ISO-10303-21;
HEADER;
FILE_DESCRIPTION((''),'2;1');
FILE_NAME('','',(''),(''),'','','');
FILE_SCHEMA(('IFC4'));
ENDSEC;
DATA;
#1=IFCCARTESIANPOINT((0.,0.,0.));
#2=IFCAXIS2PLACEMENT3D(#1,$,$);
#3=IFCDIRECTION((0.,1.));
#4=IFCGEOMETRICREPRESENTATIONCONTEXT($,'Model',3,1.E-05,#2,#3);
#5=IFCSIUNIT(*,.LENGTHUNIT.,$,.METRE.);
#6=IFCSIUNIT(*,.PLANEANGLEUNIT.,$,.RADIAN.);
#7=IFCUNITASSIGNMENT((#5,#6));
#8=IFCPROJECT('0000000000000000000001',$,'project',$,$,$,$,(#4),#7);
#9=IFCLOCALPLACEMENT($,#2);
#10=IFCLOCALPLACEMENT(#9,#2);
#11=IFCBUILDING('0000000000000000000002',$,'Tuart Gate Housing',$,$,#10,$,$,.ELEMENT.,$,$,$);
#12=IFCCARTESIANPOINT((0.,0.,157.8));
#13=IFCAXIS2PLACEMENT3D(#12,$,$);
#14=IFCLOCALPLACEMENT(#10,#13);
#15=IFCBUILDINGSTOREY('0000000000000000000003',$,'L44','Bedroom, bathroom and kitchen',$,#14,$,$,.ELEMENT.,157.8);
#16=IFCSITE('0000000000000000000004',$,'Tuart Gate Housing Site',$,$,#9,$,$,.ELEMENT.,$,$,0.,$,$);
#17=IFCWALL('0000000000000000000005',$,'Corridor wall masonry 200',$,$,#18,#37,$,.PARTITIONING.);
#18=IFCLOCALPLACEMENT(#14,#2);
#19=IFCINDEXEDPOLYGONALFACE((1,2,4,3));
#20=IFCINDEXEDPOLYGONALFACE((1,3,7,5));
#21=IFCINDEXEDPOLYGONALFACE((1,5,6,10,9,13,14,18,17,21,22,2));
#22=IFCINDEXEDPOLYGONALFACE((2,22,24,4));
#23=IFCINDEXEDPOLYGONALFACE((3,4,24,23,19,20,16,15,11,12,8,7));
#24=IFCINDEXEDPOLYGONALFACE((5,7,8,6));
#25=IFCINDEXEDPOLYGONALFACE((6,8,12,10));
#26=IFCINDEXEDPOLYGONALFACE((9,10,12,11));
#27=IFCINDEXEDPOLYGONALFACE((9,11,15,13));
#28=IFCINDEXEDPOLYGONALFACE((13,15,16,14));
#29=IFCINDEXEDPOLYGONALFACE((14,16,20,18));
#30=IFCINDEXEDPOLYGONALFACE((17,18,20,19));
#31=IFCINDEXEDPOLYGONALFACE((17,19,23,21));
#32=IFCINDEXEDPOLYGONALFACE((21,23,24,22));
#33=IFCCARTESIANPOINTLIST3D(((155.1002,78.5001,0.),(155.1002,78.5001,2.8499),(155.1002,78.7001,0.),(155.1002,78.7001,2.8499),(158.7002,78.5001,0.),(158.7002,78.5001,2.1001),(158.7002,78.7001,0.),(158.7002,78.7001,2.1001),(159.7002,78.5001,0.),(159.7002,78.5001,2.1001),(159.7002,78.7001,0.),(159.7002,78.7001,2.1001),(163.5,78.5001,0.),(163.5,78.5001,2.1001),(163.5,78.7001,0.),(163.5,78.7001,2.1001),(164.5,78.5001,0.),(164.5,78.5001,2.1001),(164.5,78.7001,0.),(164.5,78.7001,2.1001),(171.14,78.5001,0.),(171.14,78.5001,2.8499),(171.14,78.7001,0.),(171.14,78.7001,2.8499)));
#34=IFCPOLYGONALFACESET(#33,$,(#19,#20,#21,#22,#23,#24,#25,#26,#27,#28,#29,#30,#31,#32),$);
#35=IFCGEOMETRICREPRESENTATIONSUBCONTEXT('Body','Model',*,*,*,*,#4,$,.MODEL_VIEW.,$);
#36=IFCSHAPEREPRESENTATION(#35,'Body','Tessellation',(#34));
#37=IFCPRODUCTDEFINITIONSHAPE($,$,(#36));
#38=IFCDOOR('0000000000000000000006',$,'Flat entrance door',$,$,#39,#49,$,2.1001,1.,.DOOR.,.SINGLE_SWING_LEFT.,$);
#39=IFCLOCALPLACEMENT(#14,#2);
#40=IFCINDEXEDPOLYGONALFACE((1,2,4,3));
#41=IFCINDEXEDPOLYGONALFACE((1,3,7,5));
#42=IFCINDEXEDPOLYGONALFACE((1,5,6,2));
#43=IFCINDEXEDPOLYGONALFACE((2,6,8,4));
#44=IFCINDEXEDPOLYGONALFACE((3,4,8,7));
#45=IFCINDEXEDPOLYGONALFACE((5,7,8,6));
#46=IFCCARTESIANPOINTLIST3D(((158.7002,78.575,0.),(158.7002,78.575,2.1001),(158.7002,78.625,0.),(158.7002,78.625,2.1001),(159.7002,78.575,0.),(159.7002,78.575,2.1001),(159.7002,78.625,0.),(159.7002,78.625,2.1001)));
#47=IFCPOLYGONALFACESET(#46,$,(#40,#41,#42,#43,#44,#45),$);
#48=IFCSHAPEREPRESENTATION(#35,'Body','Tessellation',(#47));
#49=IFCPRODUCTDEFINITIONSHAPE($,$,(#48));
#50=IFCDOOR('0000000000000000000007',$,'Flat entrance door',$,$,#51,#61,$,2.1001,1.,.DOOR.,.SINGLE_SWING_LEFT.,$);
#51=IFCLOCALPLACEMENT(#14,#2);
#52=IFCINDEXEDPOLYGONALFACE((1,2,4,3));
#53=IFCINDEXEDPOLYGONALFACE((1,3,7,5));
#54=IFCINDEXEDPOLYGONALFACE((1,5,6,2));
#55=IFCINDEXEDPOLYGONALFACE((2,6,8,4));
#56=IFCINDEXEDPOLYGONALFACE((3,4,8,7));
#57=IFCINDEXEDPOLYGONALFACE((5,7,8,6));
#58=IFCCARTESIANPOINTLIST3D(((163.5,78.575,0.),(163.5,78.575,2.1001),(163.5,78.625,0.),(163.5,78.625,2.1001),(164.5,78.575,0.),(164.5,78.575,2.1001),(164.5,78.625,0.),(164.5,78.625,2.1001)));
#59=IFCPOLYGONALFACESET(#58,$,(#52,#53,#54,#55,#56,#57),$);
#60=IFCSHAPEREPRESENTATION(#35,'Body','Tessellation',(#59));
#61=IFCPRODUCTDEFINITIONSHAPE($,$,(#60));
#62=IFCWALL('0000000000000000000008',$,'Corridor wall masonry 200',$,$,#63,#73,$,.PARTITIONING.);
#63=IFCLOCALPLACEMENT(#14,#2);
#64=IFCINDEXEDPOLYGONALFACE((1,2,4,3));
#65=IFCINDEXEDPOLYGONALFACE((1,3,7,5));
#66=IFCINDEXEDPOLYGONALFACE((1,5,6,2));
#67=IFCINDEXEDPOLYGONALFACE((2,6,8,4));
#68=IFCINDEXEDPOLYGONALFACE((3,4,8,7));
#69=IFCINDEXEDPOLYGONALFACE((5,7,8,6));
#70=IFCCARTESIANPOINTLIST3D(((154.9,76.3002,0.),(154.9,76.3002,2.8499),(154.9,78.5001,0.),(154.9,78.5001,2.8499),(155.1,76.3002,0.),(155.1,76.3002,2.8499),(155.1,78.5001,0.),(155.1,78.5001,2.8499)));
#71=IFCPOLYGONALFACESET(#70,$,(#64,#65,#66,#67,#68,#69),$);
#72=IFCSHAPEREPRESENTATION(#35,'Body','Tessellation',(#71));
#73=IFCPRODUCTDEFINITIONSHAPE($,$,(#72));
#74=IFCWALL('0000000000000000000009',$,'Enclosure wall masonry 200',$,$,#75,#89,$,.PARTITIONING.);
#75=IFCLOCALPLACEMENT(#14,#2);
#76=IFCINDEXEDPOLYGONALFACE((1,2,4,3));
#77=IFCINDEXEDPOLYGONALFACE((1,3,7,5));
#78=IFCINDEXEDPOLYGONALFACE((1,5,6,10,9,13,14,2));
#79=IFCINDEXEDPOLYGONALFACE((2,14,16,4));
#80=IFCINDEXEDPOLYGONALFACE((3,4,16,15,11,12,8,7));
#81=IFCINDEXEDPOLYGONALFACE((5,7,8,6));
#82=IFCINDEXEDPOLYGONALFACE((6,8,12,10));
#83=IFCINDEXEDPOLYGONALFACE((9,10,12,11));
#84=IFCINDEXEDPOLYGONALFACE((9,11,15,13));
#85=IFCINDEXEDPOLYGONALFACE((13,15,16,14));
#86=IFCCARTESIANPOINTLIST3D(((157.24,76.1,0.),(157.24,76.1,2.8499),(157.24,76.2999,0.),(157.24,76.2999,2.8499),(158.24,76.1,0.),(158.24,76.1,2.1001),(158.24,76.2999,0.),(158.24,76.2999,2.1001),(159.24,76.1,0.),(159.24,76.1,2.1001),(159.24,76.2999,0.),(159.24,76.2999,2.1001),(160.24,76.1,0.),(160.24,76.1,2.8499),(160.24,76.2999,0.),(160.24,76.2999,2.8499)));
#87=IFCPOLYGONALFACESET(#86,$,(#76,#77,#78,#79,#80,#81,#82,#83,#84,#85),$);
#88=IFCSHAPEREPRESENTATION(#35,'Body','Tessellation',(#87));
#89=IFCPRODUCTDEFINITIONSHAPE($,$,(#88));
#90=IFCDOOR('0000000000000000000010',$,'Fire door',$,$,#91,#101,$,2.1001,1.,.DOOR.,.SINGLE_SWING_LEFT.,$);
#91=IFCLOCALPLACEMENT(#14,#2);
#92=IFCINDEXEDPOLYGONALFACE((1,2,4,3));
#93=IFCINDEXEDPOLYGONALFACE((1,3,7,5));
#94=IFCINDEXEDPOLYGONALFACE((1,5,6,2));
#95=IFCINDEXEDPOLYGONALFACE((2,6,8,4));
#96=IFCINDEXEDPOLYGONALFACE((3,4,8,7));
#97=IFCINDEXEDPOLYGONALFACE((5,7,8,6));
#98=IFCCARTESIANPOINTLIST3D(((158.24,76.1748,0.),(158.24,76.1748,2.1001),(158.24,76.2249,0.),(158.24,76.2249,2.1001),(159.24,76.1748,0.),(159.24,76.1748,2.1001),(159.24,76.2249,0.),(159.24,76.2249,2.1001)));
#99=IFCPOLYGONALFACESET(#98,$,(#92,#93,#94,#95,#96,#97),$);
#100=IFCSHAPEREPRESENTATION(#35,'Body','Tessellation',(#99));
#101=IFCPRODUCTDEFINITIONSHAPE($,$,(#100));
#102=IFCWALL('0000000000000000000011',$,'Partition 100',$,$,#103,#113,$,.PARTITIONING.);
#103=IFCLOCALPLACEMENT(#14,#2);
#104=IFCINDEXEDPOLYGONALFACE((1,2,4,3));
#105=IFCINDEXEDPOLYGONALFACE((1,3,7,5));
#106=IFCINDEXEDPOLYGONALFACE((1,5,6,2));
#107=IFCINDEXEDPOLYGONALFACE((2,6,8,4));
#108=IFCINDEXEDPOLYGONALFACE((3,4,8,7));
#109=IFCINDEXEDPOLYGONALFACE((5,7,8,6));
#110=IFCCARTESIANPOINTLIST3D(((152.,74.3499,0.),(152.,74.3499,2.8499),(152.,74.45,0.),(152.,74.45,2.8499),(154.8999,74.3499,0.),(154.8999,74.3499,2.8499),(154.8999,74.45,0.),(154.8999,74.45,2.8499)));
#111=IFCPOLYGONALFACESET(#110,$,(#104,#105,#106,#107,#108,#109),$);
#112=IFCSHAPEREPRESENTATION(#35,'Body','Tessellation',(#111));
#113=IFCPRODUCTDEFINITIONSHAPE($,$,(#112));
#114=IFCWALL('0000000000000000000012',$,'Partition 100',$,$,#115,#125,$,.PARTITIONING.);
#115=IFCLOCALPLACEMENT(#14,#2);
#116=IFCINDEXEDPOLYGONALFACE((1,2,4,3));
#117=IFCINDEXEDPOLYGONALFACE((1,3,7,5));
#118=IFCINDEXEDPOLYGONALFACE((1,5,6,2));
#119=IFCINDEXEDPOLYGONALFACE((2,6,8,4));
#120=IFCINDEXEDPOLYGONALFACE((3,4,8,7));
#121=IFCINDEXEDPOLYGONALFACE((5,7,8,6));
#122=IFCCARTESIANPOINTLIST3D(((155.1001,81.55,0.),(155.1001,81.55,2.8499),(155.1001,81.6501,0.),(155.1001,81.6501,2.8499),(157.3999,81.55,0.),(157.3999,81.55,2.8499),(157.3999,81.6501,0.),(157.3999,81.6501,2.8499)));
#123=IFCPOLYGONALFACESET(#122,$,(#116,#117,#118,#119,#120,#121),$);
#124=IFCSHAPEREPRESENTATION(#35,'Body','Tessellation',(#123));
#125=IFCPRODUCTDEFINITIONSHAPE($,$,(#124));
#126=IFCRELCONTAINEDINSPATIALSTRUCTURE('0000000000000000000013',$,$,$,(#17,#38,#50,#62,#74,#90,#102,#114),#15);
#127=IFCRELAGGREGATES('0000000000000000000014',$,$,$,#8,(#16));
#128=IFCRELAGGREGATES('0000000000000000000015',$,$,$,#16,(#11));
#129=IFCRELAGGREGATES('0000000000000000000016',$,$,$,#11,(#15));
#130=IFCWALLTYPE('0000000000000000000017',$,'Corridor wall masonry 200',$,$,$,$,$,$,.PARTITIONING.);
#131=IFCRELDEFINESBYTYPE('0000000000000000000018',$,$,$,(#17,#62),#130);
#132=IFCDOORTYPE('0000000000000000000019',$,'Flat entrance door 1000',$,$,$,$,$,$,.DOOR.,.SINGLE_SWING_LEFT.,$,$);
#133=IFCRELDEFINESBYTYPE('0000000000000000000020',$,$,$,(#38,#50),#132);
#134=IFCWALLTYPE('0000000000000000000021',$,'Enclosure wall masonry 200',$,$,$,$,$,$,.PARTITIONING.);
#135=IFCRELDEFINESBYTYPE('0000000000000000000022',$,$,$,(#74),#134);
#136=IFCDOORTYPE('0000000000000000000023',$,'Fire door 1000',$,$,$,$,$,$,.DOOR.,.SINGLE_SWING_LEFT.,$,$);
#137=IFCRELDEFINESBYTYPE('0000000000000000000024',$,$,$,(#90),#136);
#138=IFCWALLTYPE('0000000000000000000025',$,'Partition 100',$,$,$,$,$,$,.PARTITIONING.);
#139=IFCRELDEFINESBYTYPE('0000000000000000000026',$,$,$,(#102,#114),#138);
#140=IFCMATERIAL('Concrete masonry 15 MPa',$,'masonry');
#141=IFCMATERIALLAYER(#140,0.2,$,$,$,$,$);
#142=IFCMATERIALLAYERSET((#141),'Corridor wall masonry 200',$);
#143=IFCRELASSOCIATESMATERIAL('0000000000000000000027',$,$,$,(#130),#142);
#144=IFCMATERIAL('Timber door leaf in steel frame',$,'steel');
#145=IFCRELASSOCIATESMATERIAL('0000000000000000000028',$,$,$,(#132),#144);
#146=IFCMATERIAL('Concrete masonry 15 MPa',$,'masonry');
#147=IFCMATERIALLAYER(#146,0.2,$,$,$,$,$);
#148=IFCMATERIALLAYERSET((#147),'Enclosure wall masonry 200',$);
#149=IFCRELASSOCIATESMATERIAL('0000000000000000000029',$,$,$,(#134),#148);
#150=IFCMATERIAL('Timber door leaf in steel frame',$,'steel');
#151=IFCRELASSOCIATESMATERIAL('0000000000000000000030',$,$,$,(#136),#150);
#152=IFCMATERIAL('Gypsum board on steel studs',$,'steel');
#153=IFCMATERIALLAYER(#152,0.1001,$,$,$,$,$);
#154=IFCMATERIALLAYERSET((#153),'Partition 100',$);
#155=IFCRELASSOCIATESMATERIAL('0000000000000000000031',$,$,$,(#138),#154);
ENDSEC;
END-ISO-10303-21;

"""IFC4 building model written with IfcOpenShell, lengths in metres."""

from ifc_helpers import new_model, si_unit, direction, frame, frame_2d, origin, place, context, subcontext, project, spatial, rectangle, extrude, material, layer, layer_set, type_object, element, fill, save


model = new_model("IFC4")

# Units and contexts
model_context = context("Model", 3, precision=1e-05, world=origin(), true_north=direction((0.0, 1.0)))
body_context = subcontext(model_context, "Body", "Model", "MODEL_VIEW")
ifc_project = project(units=[si_unit("LENGTHUNIT", "METRE"), si_unit("PLANEANGLEUNIT", "RADIAN")], contexts=[model_context])

# Site, building, storey
site_placement = place(None, origin())
site = spatial("IfcSite", under=ifc_project, at=site_placement, Name="Tuart Gate Housing Site", CompositionType="ELEMENT", RefElevation=0.0)
building_placement = place(site_placement, origin())
building = spatial("IfcBuilding", under=site, at=building_placement, Name="Tuart Gate Housing", CompositionType="ELEMENT")
storey_placement = place(building_placement, frame((0.0, 0.0, 157.8)))
storey = spatial("IfcBuildingStorey", under=building, at=storey_placement, Name="L44", Description="Bedroom, bathroom and kitchen", CompositionType="ELEMENT", Elevation=157.8)

# Shared definitions
ifc_material_1 = material(Name="Concrete masonry 15 MPa", Category="masonry")
ifc_layer_1 = layer(ifc_material_1, 0.2)
ifc_layer_set_1 = layer_set([ifc_layer_1], Name="Corridor wall masonry 200")
wall_type_1 = type_object("IfcWallType", Name="Corridor wall masonry 200", PredefinedType="PARTITIONING", material=ifc_layer_set_1)

# Wall, openings, doors
wall_1_placement = place(storey_placement, frame((155.1001, 78.6001, 0.0), z_axis=(0.0, 0.0, 1.0), x_axis=(1.0, 0.0, 0.0)))
wall_1 = element("IfcWall", 1, at=wall_1_placement, inside=storey, type_object=wall_type_1, Name="Corridor wall masonry 200", PredefinedType="PARTITIONING", context=body_context, shape_type="SweptSolid", body=[
    extrude(rectangle(XDim=16.0398, YDim=0.2, at=frame_2d((8.02, 0.0))), origin(), (0.0, 0.0, 1.0), 2.8499),
])
opening_1_placement = place(wall_1_placement, frame((3.6001, 0.0, 0.0)))
opening_1 = element("IfcOpeningElement", 2, at=opening_1_placement, cuts=wall_1, PredefinedType="OPENING", context=body_context, shape_type="SweptSolid", body=[
    extrude(rectangle(XDim=1.0, YDim=2.1001, at=frame_2d((0.5, 1.05))), frame((0.0, 0.1099, 0.0), z_axis=(0.0, -1.0, 0.0), x_axis=(1.0, 0.0, 0.0)), (0.0, 0.0, 1.0), 0.22),
])
opening_2_placement = place(wall_1_placement, frame((8.3999, 0.0, 0.0)))
opening_2 = element("IfcOpeningElement", 3, at=opening_2_placement, cuts=wall_1, PredefinedType="OPENING", context=body_context, shape_type="SweptSolid", body=[
    extrude(rectangle(XDim=1.0, YDim=2.1001, at=frame_2d((0.5, 1.05))), frame((0.0, 0.1099, 0.0), z_axis=(0.0, -1.0, 0.0), x_axis=(1.0, 0.0, 0.0)), (0.0, 0.0, 1.0), 0.22),
])
ifc_material_2 = material(Name="Timber door leaf in steel frame", Category="steel")
door_type_1 = type_object("IfcDoorType", Name="Flat entrance door 1000", OperationType="SINGLE_SWING_LEFT", PredefinedType="DOOR", material=ifc_material_2)
door_1_placement = place(opening_1_placement, origin())
door_1 = element("IfcDoor", 4, at=door_1_placement, inside=storey, type_object=door_type_1, Name="Flat entrance door", OperationType="SINGLE_SWING_LEFT", OverallHeight=2.1001, OverallWidth=1.0, PredefinedType="DOOR", context=body_context, shape_type="SweptSolid", body=[
    extrude(rectangle(XDim=1.0, YDim=2.1001, at=frame_2d((0.5, 1.05))), frame((0.0, 0.0249, 0.0), z_axis=(0.0, -1.0, 0.0), x_axis=(1.0, 0.0, 0.0)), (0.0, 0.0, 1.0), 0.05),
])
fill(opening_1, door_1)
door_2_placement = place(opening_2_placement, origin())
door_2 = element("IfcDoor", 5, at=door_2_placement, inside=storey, type_object=door_type_1, Name="Flat entrance door", OperationType="SINGLE_SWING_LEFT", OverallHeight=2.1001, OverallWidth=1.0, PredefinedType="DOOR", context=body_context, shape_type="SweptSolid", body=[
    extrude(rectangle(XDim=1.0, YDim=2.1001, at=frame_2d((0.5, 1.05))), frame((0.0, 0.0249, 0.0), z_axis=(0.0, -1.0, 0.0), x_axis=(1.0, 0.0, 0.0)), (0.0, 0.0, 1.0), 0.05),
])
fill(opening_2, door_2)

# Wall
wall_2_placement = place(storey_placement, frame((155.0, 76.3, 0.0), z_axis=(0.0, 0.0, 1.0), x_axis=(0.0, 1.0, 0.0)))
element("IfcWall", 6, at=wall_2_placement, inside=storey, type_object=wall_type_1, Name="Corridor wall masonry 200", PredefinedType="PARTITIONING", context=body_context, shape_type="SweptSolid", body=[
    extrude(rectangle(XDim=2.2, YDim=0.2, at=frame_2d((1.1001, 0.0))), origin(), (0.0, 0.0, 1.0), 2.8499),
])

# Wall, opening, door
ifc_material_3 = material(Name="Concrete masonry 15 MPa", Category="masonry")
ifc_layer_2 = layer(ifc_material_3, 0.2)
ifc_layer_set_2 = layer_set([ifc_layer_2], Name="Enclosure wall masonry 200")
wall_type_2 = type_object("IfcWallType", Name="Enclosure wall masonry 200", PredefinedType="PARTITIONING", material=ifc_layer_set_2)
wall_3_placement = place(storey_placement, frame((157.24, 76.2, 0.0), z_axis=(0.0, 0.0, 1.0), x_axis=(1.0, 0.0, 0.0)))
wall_3 = element("IfcWall", 7, at=wall_3_placement, inside=storey, type_object=wall_type_2, Name="Enclosure wall masonry 200", PredefinedType="PARTITIONING", context=body_context, shape_type="SweptSolid", body=[
    extrude(rectangle(XDim=3.0, YDim=0.2, at=frame_2d((1.5, 0.0))), origin(), (0.0, 0.0, 1.0), 2.8499),
])
opening_3_placement = place(wall_3_placement, frame((1.0, 0.0, 0.0)))
opening_3 = element("IfcOpeningElement", 8, at=opening_3_placement, cuts=wall_3, PredefinedType="OPENING", context=body_context, shape_type="SweptSolid", body=[
    extrude(rectangle(XDim=1.0, YDim=2.1001, at=frame_2d((0.5, 1.05))), frame((0.0, 0.1099, 0.0), z_axis=(0.0, -1.0, 0.0), x_axis=(1.0, 0.0, 0.0)), (0.0, 0.0, 1.0), 0.22),
])
ifc_material_4 = material(Name="Timber door leaf in steel frame", Category="steel")
door_type_2 = type_object("IfcDoorType", Name="Fire door 1000", OperationType="SINGLE_SWING_LEFT", PredefinedType="DOOR", material=ifc_material_4)
door_3_placement = place(opening_3_placement, origin())
door_3 = element("IfcDoor", 9, at=door_3_placement, inside=storey, type_object=door_type_2, Name="Fire door", OperationType="SINGLE_SWING_LEFT", OverallHeight=2.1001, OverallWidth=1.0, PredefinedType="DOOR", context=body_context, shape_type="SweptSolid", body=[
    extrude(rectangle(XDim=1.0, YDim=2.1001, at=frame_2d((0.5, 1.05))), frame((0.0, 0.0249, 0.0), z_axis=(0.0, -1.0, 0.0), x_axis=(1.0, 0.0, 0.0)), (0.0, 0.0, 1.0), 0.05),
])
fill(opening_3, door_3)

# Walls
ifc_material_5 = material(Name="Gypsum board on steel studs", Category="steel")
ifc_layer_3 = layer(ifc_material_5, 0.1001)
ifc_layer_set_3 = layer_set([ifc_layer_3], Name="Partition 100")
wall_type_3 = type_object("IfcWallType", Name="Partition 100", PredefinedType="PARTITIONING", material=ifc_layer_set_3)
wall_4_placement = place(storey_placement, frame((152.0, 74.3999, 0.0), z_axis=(0.0, 0.0, 1.0), x_axis=(1.0, 0.0, 0.0)))
element("IfcWall", 10, at=wall_4_placement, inside=storey, type_object=wall_type_3, Name="Partition 100", PredefinedType="PARTITIONING", context=body_context, shape_type="SweptSolid", body=[
    extrude(rectangle(XDim=2.8999, YDim=0.1001, at=frame_2d((1.45, 0.0))), origin(), (0.0, 0.0, 1.0), 2.8499),
])
wall_5_placement = place(storey_placement, frame((155.1001, 81.6001, 0.0), z_axis=(0.0, 0.0, 1.0), x_axis=(1.0, 0.0, 0.0)))
element("IfcWall", 11, at=wall_5_placement, inside=storey, type_object=wall_type_3, Name="Partition 100", PredefinedType="PARTITIONING", context=body_context, shape_type="SweptSolid", body=[
    extrude(rectangle(XDim=2.2998, YDim=0.1001, at=frame_2d((1.1499, 0.0))), origin(), (0.0, 0.0, 1.0), 2.8499),
])

save(model, "model.ifc")
